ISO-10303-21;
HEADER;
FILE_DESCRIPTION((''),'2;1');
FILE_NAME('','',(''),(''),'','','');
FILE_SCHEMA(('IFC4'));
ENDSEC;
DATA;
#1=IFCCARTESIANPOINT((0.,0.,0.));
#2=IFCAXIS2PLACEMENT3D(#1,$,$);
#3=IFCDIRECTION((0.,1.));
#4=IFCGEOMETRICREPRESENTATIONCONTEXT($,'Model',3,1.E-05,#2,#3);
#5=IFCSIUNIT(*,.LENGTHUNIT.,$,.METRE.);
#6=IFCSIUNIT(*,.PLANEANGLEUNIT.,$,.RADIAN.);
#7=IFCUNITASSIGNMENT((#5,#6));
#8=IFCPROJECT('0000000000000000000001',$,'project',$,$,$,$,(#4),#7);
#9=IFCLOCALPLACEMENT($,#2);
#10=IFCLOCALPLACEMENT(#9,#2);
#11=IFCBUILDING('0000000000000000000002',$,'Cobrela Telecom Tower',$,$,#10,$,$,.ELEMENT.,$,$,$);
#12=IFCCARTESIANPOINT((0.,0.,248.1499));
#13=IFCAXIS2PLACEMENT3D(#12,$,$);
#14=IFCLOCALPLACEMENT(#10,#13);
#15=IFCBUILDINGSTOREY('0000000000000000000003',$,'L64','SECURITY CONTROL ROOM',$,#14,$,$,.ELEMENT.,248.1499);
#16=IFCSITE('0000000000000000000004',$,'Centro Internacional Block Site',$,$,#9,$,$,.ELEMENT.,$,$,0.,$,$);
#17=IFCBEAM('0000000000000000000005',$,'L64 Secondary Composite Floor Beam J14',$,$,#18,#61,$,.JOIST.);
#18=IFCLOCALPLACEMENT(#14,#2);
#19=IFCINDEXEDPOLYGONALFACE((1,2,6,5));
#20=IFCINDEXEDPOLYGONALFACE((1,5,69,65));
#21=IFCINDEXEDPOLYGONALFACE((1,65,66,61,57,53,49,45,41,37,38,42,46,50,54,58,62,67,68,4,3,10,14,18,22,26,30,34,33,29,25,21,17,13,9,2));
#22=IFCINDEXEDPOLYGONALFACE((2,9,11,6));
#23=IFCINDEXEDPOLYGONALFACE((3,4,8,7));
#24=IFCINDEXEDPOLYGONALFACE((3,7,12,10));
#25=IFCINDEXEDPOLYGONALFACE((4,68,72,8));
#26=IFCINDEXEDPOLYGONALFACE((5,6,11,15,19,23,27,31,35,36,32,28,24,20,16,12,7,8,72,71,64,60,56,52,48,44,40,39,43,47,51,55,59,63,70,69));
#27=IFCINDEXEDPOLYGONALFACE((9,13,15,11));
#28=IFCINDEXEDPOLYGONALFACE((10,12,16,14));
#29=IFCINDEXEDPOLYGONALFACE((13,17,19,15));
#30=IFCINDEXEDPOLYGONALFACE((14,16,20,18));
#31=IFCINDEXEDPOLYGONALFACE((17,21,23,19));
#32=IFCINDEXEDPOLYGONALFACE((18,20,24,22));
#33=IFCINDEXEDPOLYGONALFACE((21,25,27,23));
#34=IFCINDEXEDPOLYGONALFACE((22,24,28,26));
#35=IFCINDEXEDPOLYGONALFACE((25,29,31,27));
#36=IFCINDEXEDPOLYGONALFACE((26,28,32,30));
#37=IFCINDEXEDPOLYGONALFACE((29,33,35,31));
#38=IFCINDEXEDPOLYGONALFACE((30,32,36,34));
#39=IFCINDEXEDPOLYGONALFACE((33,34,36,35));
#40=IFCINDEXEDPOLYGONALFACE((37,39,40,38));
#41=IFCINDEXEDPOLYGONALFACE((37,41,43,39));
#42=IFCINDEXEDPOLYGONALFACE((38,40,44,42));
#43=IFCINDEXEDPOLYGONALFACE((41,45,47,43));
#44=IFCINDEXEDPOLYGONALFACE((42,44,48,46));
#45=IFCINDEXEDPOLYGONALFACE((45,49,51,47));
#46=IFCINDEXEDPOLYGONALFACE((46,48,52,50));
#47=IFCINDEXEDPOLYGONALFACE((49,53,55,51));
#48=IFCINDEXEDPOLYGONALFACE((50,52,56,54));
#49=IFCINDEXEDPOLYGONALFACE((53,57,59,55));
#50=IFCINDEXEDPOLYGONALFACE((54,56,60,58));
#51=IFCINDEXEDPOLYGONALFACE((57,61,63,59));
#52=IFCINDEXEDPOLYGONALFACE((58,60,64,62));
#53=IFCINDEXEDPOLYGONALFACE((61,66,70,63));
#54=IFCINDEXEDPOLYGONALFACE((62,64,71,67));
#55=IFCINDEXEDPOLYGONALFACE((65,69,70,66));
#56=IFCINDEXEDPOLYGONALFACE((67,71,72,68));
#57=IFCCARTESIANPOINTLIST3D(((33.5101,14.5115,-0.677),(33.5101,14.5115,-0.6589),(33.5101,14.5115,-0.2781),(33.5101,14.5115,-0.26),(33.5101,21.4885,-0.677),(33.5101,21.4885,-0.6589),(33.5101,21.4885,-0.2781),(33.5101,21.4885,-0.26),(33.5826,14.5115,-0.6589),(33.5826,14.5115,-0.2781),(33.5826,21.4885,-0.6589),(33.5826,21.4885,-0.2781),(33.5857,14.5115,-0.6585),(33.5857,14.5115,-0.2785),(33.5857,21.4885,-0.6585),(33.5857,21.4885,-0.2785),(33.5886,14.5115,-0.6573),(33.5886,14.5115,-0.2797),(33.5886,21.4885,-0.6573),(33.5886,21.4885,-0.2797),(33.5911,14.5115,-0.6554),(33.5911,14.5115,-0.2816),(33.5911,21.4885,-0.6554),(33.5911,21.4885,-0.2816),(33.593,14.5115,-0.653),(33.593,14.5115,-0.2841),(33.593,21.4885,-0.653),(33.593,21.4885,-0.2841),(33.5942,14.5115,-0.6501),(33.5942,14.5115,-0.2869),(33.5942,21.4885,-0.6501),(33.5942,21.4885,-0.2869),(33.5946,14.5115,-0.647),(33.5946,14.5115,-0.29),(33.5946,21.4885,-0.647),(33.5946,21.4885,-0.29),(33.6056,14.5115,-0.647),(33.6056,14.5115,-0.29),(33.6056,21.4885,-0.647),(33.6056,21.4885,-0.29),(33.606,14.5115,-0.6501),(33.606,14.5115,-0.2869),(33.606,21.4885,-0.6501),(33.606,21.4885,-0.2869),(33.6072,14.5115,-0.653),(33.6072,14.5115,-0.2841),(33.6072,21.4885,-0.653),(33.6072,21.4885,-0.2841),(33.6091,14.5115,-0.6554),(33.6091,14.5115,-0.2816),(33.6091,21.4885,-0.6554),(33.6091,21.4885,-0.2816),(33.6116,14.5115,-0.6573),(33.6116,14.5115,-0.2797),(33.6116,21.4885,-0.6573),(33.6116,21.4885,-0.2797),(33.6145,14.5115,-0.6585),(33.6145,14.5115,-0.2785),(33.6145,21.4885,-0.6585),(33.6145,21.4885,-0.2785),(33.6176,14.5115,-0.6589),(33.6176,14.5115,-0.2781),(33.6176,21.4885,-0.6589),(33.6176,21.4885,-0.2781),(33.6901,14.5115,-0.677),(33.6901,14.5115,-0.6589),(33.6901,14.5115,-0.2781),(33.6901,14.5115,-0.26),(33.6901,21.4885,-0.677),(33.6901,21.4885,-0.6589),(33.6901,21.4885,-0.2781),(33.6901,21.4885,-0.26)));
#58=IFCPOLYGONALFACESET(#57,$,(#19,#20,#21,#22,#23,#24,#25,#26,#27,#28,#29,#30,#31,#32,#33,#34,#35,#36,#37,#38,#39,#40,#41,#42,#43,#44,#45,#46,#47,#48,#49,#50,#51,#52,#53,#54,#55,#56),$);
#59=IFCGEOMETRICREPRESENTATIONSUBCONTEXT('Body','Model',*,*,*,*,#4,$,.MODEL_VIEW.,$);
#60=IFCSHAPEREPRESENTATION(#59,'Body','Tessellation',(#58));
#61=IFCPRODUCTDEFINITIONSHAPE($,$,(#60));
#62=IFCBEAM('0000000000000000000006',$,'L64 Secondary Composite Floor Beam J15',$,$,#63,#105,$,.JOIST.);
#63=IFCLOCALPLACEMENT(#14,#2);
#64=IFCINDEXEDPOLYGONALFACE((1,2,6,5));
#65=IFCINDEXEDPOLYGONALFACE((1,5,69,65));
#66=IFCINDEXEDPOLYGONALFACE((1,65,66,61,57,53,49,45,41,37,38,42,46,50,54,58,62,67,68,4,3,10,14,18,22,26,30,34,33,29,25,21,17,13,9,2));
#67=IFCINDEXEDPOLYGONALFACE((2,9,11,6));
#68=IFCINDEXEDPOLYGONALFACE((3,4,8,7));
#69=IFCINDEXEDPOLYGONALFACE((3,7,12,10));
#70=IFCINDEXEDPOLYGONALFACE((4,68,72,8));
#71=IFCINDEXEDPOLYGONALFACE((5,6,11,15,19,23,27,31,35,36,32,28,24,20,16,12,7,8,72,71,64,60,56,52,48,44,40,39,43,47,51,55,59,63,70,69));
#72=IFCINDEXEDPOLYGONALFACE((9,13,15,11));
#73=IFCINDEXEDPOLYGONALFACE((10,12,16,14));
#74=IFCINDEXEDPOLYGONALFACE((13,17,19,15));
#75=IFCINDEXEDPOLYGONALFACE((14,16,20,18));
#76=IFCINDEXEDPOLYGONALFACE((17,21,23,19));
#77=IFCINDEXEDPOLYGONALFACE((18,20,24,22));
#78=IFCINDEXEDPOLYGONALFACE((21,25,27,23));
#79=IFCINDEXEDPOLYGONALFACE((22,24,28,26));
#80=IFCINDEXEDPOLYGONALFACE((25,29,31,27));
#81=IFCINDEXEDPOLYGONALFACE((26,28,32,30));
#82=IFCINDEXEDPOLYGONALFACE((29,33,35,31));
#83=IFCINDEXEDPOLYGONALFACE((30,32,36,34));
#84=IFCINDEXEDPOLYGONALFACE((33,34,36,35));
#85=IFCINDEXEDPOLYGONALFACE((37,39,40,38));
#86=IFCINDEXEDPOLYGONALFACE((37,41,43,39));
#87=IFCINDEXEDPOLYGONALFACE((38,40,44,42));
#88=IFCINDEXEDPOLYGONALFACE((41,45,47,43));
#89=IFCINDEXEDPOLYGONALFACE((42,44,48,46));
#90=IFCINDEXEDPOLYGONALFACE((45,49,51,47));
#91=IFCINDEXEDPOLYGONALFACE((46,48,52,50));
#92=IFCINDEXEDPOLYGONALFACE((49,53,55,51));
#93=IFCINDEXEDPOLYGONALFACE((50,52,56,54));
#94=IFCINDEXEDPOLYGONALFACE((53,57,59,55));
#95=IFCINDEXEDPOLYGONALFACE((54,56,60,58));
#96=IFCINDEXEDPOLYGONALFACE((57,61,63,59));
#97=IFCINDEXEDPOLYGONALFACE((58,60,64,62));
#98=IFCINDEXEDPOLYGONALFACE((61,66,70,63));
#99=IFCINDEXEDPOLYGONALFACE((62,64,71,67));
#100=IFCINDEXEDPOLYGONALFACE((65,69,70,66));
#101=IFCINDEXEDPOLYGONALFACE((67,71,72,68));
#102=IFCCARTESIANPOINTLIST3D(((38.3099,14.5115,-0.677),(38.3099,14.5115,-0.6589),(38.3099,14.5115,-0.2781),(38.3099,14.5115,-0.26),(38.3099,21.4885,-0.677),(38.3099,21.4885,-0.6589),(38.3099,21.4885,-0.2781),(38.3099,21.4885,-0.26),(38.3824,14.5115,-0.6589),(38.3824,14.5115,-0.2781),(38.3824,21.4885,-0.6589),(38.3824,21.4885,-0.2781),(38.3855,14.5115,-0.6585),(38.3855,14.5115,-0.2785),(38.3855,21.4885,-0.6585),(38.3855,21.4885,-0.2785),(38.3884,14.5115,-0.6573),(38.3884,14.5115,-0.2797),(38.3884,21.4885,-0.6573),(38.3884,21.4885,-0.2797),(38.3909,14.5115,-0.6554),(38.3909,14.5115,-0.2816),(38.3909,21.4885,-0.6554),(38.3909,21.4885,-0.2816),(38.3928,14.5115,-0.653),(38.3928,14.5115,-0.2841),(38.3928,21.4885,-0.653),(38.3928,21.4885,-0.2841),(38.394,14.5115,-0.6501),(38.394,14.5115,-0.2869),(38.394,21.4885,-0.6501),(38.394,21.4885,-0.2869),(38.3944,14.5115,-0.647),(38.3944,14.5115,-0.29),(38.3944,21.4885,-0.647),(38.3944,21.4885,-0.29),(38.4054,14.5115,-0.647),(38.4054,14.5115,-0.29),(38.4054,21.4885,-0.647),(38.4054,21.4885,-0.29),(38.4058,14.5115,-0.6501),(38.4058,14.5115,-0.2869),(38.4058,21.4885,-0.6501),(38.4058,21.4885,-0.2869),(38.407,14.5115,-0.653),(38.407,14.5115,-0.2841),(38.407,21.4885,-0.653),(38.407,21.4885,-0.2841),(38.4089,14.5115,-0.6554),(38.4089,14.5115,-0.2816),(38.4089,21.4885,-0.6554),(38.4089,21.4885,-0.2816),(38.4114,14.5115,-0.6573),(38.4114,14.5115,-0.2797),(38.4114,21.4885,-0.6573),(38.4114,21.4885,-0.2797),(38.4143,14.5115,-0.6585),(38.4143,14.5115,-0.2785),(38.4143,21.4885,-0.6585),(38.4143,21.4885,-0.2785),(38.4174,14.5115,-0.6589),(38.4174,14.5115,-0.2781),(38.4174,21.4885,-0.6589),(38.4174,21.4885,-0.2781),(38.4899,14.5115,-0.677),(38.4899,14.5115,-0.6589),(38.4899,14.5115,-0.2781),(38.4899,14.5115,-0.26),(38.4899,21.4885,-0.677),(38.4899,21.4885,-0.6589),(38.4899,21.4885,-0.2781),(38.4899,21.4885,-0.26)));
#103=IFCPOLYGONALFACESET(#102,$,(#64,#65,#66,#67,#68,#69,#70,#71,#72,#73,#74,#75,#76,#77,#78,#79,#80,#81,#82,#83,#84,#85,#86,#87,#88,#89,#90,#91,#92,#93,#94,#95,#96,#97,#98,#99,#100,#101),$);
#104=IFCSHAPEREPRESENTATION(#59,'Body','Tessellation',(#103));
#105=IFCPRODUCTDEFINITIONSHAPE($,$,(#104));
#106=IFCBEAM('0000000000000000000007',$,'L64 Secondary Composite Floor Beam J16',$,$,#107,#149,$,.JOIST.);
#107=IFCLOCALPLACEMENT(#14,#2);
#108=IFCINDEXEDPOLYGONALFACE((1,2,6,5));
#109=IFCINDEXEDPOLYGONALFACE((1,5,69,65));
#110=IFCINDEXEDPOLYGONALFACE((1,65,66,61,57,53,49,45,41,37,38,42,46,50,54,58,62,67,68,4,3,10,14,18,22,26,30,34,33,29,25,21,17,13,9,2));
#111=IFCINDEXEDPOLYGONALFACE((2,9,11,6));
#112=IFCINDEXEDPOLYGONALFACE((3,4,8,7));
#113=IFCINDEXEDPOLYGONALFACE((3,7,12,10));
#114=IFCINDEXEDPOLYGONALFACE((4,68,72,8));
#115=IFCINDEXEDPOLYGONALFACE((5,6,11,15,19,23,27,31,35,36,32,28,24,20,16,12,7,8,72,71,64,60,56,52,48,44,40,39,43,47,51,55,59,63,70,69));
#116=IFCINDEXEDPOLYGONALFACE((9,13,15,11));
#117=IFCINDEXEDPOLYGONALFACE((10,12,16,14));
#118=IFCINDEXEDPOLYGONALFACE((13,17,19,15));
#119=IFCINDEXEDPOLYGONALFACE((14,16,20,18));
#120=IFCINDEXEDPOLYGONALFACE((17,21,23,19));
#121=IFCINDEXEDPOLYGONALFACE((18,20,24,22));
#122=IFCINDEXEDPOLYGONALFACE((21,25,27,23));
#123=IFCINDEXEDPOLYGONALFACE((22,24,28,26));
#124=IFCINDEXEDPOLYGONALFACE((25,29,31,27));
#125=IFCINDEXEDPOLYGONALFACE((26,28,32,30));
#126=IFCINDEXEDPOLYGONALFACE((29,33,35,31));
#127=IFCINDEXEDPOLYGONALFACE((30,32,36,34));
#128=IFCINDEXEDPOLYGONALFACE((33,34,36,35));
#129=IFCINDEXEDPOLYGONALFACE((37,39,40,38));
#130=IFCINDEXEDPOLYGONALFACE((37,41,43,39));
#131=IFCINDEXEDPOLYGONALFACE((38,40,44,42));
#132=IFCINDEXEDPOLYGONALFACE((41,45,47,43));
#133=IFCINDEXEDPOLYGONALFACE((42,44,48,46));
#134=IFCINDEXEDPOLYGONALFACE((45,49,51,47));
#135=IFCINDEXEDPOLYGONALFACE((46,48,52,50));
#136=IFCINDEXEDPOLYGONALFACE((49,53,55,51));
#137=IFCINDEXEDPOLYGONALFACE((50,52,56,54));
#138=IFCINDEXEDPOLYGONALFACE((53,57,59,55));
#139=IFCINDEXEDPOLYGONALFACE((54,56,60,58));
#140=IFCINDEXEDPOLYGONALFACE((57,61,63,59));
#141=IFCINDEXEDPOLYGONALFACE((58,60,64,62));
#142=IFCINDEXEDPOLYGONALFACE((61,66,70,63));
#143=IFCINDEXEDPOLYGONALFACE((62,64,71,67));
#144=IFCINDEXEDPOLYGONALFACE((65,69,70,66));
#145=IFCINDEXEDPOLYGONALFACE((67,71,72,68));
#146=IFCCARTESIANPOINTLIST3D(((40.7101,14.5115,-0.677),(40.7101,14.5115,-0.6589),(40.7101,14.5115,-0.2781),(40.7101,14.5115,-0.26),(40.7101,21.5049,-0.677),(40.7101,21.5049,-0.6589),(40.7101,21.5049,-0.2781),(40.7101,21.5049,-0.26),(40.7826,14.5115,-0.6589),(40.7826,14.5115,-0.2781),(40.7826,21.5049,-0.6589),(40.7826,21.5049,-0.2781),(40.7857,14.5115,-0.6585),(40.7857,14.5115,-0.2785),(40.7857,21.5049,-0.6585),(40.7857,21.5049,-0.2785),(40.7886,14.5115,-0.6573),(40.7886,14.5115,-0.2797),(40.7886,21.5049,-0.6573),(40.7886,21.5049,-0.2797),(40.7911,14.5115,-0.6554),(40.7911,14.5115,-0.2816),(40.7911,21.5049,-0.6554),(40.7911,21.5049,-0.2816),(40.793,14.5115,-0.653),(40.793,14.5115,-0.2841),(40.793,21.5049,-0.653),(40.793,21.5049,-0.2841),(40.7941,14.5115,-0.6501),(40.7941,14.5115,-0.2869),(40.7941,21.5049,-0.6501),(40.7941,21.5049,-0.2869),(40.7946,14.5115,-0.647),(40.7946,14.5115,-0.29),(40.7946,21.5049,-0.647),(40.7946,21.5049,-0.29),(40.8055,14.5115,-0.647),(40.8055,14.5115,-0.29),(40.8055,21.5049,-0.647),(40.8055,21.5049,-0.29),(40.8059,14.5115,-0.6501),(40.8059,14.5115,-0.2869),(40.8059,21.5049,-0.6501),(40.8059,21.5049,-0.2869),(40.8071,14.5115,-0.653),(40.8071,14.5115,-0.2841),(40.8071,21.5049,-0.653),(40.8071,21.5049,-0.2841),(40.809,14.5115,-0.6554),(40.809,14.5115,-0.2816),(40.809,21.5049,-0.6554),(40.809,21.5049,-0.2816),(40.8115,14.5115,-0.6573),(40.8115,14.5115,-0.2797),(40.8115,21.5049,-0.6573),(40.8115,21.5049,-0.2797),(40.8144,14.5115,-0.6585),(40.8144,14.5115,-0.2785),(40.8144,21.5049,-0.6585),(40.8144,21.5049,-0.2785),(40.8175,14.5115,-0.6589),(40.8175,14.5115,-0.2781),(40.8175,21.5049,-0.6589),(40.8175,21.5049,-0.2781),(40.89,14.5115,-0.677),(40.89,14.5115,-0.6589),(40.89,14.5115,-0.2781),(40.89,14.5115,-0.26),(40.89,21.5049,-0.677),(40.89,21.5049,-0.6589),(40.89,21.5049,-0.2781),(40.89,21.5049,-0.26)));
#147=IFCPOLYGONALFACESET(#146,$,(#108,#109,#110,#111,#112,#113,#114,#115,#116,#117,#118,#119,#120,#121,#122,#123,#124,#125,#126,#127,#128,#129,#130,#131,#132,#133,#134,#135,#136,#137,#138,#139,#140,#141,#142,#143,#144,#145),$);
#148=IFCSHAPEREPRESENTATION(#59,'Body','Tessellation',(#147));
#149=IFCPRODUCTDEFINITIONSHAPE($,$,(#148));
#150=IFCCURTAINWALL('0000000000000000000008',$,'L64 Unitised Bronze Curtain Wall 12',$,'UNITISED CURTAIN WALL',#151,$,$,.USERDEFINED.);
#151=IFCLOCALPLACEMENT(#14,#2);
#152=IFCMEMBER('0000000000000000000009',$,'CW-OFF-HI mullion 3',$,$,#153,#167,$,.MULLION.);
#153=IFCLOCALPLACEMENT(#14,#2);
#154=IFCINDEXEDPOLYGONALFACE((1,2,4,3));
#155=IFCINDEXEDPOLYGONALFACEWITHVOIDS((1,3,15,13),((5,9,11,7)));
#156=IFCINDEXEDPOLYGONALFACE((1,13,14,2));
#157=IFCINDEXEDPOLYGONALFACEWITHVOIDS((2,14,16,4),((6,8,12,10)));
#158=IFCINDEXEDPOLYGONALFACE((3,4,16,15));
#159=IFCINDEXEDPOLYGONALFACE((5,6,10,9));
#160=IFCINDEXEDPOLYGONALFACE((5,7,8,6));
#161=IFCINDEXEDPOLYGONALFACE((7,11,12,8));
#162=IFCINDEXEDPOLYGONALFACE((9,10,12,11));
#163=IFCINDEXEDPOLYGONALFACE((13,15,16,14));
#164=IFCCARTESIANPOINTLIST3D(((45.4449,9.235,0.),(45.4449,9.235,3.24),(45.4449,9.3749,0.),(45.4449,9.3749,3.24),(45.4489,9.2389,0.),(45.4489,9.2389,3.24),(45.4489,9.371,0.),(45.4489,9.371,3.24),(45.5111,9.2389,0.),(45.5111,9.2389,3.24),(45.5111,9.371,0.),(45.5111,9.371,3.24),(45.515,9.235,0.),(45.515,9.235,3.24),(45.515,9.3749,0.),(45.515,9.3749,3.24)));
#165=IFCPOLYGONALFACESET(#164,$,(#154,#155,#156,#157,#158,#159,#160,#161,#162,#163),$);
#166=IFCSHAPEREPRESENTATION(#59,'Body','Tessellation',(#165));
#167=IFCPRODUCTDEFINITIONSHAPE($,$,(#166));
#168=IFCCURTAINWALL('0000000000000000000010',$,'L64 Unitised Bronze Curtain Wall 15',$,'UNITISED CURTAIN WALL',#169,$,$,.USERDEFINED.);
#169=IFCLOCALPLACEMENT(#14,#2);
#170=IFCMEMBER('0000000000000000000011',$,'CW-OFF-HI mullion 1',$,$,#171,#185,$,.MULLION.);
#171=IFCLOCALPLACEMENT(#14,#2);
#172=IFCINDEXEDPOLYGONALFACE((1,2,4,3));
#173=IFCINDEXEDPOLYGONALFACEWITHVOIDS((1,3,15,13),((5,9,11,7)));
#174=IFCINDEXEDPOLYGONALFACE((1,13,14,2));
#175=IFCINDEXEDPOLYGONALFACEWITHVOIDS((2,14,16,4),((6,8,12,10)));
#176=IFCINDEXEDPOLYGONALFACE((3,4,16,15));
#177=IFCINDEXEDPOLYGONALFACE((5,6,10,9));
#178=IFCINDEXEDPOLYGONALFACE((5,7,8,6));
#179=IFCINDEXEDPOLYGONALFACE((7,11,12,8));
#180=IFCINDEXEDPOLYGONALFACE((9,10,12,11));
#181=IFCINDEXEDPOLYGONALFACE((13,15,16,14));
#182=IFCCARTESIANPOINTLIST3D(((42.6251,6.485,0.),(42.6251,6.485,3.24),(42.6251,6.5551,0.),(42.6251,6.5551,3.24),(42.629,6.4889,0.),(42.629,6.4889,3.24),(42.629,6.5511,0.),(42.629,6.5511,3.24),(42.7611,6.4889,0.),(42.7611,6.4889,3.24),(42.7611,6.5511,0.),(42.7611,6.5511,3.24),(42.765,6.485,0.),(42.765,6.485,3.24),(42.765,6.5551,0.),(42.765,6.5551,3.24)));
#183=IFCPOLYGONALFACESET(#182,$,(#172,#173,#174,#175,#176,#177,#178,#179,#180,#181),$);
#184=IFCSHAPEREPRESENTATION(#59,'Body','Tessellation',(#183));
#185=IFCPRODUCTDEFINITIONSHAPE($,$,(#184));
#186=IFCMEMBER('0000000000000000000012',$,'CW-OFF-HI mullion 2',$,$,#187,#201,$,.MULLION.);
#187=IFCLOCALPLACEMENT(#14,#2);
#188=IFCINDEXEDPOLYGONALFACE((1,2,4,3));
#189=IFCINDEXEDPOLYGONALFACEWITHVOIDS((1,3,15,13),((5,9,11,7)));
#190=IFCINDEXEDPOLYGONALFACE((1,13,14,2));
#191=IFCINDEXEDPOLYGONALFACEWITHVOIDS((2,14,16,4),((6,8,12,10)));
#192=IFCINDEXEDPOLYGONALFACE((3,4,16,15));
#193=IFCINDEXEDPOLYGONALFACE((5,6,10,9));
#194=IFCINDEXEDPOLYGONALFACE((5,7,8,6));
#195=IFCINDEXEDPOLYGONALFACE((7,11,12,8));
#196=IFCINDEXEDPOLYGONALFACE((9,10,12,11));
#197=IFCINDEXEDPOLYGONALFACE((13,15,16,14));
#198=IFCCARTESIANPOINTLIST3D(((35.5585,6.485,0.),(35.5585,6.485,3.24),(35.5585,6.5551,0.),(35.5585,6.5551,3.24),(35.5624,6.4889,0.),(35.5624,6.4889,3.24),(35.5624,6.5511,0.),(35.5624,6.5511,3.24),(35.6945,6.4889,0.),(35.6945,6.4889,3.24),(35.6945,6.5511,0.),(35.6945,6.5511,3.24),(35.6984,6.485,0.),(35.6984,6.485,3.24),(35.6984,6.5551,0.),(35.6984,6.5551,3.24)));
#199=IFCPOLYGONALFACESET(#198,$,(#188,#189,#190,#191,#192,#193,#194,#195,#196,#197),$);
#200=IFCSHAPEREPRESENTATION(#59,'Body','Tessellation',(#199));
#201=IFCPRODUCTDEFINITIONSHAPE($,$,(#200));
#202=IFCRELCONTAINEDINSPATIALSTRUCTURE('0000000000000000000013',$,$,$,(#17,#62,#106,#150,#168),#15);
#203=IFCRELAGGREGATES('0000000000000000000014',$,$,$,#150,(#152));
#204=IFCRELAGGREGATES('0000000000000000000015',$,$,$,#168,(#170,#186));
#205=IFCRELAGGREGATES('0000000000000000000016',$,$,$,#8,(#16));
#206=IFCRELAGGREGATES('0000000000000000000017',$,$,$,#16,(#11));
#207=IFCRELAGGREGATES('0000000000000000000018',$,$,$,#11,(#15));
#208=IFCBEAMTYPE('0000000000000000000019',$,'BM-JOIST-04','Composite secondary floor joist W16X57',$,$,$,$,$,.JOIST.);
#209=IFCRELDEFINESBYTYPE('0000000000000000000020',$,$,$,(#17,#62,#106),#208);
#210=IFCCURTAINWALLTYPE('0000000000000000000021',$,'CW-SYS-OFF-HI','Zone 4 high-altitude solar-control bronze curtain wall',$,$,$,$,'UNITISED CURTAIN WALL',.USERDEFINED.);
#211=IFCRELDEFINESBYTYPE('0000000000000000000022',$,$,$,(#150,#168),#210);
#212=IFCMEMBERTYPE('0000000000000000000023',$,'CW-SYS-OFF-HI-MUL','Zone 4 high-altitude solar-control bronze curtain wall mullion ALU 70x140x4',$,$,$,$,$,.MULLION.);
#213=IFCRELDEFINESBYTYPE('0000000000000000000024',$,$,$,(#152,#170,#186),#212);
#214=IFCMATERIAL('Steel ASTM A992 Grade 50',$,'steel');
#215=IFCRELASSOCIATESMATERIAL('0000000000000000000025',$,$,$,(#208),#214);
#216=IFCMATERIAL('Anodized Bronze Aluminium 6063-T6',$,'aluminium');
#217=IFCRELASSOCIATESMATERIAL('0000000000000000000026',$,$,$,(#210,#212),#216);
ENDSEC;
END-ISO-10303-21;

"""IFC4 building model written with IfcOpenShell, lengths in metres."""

from ifc_helpers import new_model, si_unit, direction, frame, origin, origin_2d, place, context, subcontext, project, spatial, hollow_rectangle, i_section, extrude, material, material_profile, profile_set, type_object, element, aggregate, save


model = new_model("IFC4")

# Units and contexts
model_context = context("Model", 3, precision=1e-05, world=origin(), true_north=direction((0.0, 1.0)))
body_context = subcontext(model_context, "Body", "Model", "MODEL_VIEW")
ifc_project = project(units=[si_unit("LENGTHUNIT", "METRE"), si_unit("PLANEANGLEUNIT", "RADIAN")], contexts=[model_context])

# Site, building, storey
site_placement = place(None, origin())
site = spatial("IfcSite", under=ifc_project, at=site_placement, Name="Centro Internacional Block Site", CompositionType="ELEMENT", RefElevation=0.0)
building_placement = place(site_placement, origin())
building = spatial("IfcBuilding", under=site, at=building_placement, Name="Cobrela Telecom Tower", CompositionType="ELEMENT")
storey_placement = place(building_placement, frame((0.0, 0.0, 248.1499)))
storey = spatial("IfcBuildingStorey", under=building, at=storey_placement, Name="L64", Description="SECURITY CONTROL ROOM", CompositionType="ELEMENT", Elevation=248.1499)

# Shared definitions
ifc_material_1 = material(Name="Steel ASTM A992 Grade 50", Category="steel")

# Beams
ifc_material_profile_1 = material_profile(ifc_material_1, i_section(OverallWidth=0.1799, OverallDepth=0.417, WebThickness=0.011, FlangeThickness=0.0181, FilletRadius=0.012, at=origin_2d()), Name="W16X57")
ifc_profile_set_1 = profile_set([ifc_material_profile_1], Name="Steel ASTM A992 Grade 50")
beam_type_1 = type_object("IfcBeamType", Name="BM-JOIST-04", Description="Composite secondary floor joist W16X57", PredefinedType="JOIST", material=ifc_profile_set_1)
for number, where, z_axis, x_axis, name in (
    (1, (33.6001, 14.5115, -0.4685), (0.0, 1.0, 0.0), (-1.0, 0.0, 0.0), "L64 Secondary Composite Floor Beam J14"),
    (2, (38.3999, 14.5115, -0.4685), (0.0, 1.0, 0.0), (-1.0, 0.0, 0.0), "L64 Secondary Composite Floor Beam J15"),
):
    element("IfcBeam", number, at=place(storey_placement, frame(where, z_axis=z_axis, x_axis=x_axis)), inside=storey, type_object=beam_type_1, Name=name, PredefinedType="JOIST", context=body_context, shape_type="SweptSolid", body=[
        extrude(i_section(OverallWidth=0.1799, OverallDepth=0.417, WebThickness=0.011, FlangeThickness=0.0181, FilletRadius=0.012, at=origin_2d()), origin(), (0.0, 0.0, 1.0), 6.9771),
    ])
beam_1_placement = place(storey_placement, frame((40.8, 14.5115, -0.4685), z_axis=(0.0, 1.0, 0.0), x_axis=(-1.0, 0.0, 0.0)))
element("IfcBeam", 3, at=beam_1_placement, inside=storey, type_object=beam_type_1, Name="L64 Secondary Composite Floor Beam J16", PredefinedType="JOIST", context=body_context, shape_type="SweptSolid", body=[
    extrude(i_section(OverallWidth=0.1799, OverallDepth=0.417, WebThickness=0.011, FlangeThickness=0.0181, FilletRadius=0.012, at=origin_2d()), origin(), (0.0, 0.0, 1.0), 6.9934),
])

# Curtain wall, member
ifc_material_2 = material(Name="Anodized Bronze Aluminium 6063-T6", Category="aluminium")
curtain_wall_type = type_object("IfcCurtainWallType", Name="CW-SYS-OFF-HI", Description="Zone 4 high-altitude solar-control bronze curtain wall", ElementType="UNITISED CURTAIN WALL", PredefinedType="USERDEFINED", material=ifc_material_2)
curtain_wall_1_placement = place(storey_placement, origin())
curtain_wall_1 = element("IfcCurtainWall", 4, at=curtain_wall_1_placement, inside=storey, type_object=curtain_wall_type, Name="L64 Unitised Bronze Curtain Wall 12", ObjectType="UNITISED CURTAIN WALL", PredefinedType="USERDEFINED")
ifc_material_profile_2 = material_profile(ifc_material_2, hollow_rectangle(XDim=0.0701, YDim=0.1399, WallThickness=0.0039, at=origin_2d()), Name="ALU 70x140x4")
ifc_profile_set_2 = profile_set([ifc_material_profile_2], Name="Anodized Bronze Aluminium 6063-T6")
member_type_1 = type_object("IfcMemberType", Name="CW-SYS-OFF-HI-MUL", Description="Zone 4 high-altitude solar-control bronze curtain wall mullion ALU 70x140x4", PredefinedType="MULLION", material=ifc_profile_set_2)
member_1_placement = place(storey_placement, frame((45.48, 9.3049, 0.0), z_axis=(0.0, 0.0, 1.0), x_axis=(1.0, 0.0, 0.0)))
member_1 = element("IfcMember", 5, at=member_1_placement, type_object=member_type_1, Name="CW-OFF-HI mullion 3", PredefinedType="MULLION", context=body_context, shape_type="SweptSolid", body=[
    extrude(hollow_rectangle(XDim=0.0701, YDim=0.1399, WallThickness=0.0039, at=origin_2d()), origin(), (0.0, 0.0, 1.0), 3.24),
])

# Curtain wall, members
curtain_wall_2_placement = place(storey_placement, origin())
curtain_wall_2 = element("IfcCurtainWall", 6, at=curtain_wall_2_placement, inside=storey, type_object=curtain_wall_type, Name="L64 Unitised Bronze Curtain Wall 15", ObjectType="UNITISED CURTAIN WALL", PredefinedType="USERDEFINED")
member_2_placement = place(storey_placement, frame((42.6951, 6.52, 0.0), z_axis=(0.0, 0.0, 1.0), x_axis=(0.0, -1.0, 0.0)))
member_2 = element("IfcMember", 7, at=member_2_placement, type_object=member_type_1, Name="CW-OFF-HI mullion 1", PredefinedType="MULLION", context=body_context, shape_type="SweptSolid", body=[
    extrude(hollow_rectangle(XDim=0.0701, YDim=0.1399, WallThickness=0.0039, at=origin_2d()), origin(), (0.0, 0.0, 1.0), 3.24),
])
member_3_placement = place(storey_placement, frame((35.6284, 6.52, 0.0), z_axis=(0.0, 0.0, 1.0), x_axis=(0.0, -1.0, 0.0)))
member_3 = element("IfcMember", 8, at=member_3_placement, type_object=member_type_1, Name="CW-OFF-HI mullion 2", PredefinedType="MULLION", context=body_context, shape_type="SweptSolid", body=[
    extrude(hollow_rectangle(XDim=0.0701, YDim=0.1399, WallThickness=0.0039, at=origin_2d()), origin(), (0.0, 0.0, 1.0), 3.24),
])

aggregate(curtain_wall_1, [member_1])
aggregate(curtain_wall_2, [member_2, member_3])

save(model, "model.ifc")
